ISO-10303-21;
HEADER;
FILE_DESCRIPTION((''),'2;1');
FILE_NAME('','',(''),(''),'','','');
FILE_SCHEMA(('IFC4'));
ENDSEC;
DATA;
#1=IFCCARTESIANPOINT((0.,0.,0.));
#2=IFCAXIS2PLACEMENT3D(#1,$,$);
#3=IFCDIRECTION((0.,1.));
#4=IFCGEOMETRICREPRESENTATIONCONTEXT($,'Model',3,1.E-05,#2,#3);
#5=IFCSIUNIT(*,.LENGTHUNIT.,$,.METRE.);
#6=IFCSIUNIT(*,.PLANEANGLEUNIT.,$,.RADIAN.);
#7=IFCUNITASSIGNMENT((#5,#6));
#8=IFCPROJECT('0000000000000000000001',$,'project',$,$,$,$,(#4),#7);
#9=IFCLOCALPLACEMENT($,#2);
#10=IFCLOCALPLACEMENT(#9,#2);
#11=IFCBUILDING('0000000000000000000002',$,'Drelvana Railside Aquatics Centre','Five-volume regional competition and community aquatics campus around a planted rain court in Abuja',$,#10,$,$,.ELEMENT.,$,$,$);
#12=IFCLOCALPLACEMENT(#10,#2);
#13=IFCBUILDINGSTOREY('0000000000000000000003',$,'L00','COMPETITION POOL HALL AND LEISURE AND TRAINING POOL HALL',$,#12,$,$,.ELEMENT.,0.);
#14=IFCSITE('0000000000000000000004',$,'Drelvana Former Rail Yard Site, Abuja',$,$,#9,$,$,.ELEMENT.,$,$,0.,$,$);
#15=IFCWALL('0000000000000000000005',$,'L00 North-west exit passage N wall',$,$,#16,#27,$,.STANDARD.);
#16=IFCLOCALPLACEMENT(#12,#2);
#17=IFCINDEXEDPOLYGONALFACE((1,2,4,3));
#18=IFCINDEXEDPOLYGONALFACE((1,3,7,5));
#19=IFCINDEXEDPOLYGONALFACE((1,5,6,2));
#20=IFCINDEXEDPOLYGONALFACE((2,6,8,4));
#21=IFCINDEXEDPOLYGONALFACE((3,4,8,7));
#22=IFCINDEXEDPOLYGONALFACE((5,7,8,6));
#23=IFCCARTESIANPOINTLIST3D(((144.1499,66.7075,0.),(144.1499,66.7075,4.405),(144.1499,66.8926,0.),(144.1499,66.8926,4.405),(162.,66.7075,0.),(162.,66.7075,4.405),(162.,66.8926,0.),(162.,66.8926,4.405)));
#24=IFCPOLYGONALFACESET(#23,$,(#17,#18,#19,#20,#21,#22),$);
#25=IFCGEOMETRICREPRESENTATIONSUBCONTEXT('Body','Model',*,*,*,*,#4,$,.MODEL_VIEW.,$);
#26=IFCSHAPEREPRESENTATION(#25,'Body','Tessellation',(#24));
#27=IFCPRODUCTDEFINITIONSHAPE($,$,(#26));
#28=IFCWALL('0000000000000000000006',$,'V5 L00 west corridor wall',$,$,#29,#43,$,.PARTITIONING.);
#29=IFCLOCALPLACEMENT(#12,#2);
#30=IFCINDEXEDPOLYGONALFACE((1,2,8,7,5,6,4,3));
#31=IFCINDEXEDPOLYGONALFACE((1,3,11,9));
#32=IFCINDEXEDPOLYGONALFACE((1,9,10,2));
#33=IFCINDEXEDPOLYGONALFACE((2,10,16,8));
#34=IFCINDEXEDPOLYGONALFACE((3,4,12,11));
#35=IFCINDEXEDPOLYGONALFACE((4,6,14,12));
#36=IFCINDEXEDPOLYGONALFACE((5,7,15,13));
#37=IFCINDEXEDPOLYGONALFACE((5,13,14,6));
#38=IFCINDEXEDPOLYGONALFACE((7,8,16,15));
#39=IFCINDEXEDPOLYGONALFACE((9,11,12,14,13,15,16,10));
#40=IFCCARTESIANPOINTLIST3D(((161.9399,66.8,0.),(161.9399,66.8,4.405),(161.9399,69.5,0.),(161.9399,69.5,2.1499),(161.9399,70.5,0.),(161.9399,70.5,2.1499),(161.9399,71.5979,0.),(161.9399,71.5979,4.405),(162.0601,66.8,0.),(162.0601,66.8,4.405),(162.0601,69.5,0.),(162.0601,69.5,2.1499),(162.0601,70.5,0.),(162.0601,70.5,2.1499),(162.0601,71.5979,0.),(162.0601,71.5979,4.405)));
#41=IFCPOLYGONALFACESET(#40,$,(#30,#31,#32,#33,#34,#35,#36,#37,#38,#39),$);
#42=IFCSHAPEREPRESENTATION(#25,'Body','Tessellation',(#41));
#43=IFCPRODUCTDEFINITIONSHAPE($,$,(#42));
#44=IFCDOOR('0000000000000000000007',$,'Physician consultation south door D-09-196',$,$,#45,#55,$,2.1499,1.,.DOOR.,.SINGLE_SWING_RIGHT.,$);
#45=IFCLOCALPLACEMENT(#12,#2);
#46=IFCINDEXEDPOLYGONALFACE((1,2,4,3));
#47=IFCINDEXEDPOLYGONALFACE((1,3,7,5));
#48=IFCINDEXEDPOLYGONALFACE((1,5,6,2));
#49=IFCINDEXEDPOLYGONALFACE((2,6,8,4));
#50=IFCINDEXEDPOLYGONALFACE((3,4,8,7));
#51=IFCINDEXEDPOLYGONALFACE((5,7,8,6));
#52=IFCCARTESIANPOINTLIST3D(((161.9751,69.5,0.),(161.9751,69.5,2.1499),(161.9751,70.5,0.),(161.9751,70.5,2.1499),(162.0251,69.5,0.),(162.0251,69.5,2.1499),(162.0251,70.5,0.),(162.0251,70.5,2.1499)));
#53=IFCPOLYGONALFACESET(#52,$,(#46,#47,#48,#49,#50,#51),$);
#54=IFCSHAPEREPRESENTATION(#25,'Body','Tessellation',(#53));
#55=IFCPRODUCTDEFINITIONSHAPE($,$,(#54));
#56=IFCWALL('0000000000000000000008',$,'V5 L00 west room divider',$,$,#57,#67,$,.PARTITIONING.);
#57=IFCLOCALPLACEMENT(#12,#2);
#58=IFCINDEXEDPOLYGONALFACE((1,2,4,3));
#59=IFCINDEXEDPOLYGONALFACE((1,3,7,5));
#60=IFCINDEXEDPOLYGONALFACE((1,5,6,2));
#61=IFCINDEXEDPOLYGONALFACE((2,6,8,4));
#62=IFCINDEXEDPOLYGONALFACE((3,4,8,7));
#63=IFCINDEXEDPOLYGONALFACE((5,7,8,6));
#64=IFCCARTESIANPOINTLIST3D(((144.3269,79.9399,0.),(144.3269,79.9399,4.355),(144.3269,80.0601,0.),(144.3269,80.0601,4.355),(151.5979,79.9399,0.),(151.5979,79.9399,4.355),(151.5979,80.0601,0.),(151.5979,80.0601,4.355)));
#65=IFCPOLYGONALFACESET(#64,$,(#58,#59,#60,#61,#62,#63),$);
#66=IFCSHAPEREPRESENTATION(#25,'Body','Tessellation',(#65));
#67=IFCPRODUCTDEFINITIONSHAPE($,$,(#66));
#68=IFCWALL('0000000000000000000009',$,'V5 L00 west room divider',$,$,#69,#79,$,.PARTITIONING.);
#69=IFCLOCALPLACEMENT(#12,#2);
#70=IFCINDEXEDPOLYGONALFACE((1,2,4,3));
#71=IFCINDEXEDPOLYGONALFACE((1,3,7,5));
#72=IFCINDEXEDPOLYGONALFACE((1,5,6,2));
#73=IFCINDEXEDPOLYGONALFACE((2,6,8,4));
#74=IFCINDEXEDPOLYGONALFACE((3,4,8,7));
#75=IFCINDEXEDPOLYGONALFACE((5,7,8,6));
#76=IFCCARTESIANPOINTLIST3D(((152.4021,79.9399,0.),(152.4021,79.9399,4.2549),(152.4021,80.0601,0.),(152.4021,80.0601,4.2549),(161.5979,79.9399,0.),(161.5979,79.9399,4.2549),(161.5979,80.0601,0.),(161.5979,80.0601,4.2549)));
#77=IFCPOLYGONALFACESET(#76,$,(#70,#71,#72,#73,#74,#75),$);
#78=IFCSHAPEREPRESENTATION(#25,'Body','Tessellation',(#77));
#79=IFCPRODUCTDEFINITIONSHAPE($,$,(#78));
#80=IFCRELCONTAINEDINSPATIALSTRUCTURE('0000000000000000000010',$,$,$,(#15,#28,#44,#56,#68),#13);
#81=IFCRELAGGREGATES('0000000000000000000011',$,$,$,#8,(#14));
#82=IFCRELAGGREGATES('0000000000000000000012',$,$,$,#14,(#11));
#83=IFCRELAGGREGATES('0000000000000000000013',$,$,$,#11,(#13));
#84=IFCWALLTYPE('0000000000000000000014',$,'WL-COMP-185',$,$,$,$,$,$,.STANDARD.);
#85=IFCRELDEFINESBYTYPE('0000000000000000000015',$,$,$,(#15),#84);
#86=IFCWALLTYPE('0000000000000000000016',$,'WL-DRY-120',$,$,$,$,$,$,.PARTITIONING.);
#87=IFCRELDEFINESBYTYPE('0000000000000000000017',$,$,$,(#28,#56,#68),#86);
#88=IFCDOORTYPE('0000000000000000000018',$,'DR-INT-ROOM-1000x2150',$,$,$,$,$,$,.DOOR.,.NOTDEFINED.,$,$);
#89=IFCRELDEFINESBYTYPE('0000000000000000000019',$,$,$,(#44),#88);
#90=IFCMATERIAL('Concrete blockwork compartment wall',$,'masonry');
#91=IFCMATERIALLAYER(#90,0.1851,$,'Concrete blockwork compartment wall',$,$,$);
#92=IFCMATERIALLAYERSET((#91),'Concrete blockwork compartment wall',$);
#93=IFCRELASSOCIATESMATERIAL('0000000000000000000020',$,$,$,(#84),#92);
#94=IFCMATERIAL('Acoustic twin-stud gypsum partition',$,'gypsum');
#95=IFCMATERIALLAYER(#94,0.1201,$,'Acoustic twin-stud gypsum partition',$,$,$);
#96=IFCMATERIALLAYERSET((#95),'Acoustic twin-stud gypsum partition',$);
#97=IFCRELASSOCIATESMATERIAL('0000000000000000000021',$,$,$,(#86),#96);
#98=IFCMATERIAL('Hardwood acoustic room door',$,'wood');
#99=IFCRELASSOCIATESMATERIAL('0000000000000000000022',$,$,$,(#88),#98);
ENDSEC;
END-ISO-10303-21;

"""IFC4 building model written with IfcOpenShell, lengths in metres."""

from ifc_helpers import new_model, si_unit, direction, frame, frame_2d, origin, place, context, subcontext, project, spatial, rectangle, extrude, material, layer, layer_set, type_object, element, fill, save


model = new_model("IFC4")

# Units and contexts
model_context = context("Model", 3, precision=1e-05, world=origin(), true_north=direction((0.0, 1.0)))
body_context = subcontext(model_context, "Body", "Model", "MODEL_VIEW")
ifc_project = project(units=[si_unit("LENGTHUNIT", "METRE"), si_unit("PLANEANGLEUNIT", "RADIAN")], contexts=[model_context])

# Site, building, storey
site_placement = place(None, origin())
site = spatial("IfcSite", under=ifc_project, at=site_placement, Name="Drelvana Former Rail Yard Site, Abuja", CompositionType="ELEMENT", RefElevation=0.0)
building_placement = place(site_placement, origin())
building = spatial("IfcBuilding", under=site, at=building_placement, Name="Drelvana Railside Aquatics Centre", Description="Five-volume regional competition and community aquatics campus around a planted rain court in Abuja", CompositionType="ELEMENT")
storey_placement = place(building_placement, origin())
storey = spatial("IfcBuildingStorey", under=building, at=storey_placement, Name="L00", Description="COMPETITION POOL HALL AND LEISURE AND TRAINING POOL HALL", CompositionType="ELEMENT", Elevation=0.0)

# Wall
ifc_material_1 = material(Name="Concrete blockwork compartment wall", Category="masonry")
ifc_layer_1 = layer(ifc_material_1, 0.1851, Name="Concrete blockwork compartment wall")
ifc_layer_set_1 = layer_set([ifc_layer_1], Name="Concrete blockwork compartment wall")
wall_type_1 = type_object("IfcWallType", Name="WL-COMP-185", PredefinedType="STANDARD", material=ifc_layer_set_1)
wall_1_placement = place(storey_placement, frame((144.1499, 66.8, 0.0), z_axis=(0.0, 0.0, 1.0), x_axis=(1.0, 0.0, 0.0)))
element("IfcWall", 1, at=wall_1_placement, inside=storey, type_object=wall_type_1, Name="L00 North-west exit passage N wall", PredefinedType="STANDARD", context=body_context, shape_type="SweptSolid", body=[
    extrude(rectangle(XDim=17.8501, YDim=0.1851, at=frame_2d((8.925, 0.0))), origin(), (0.0, 0.0, 1.0), 4.405),
])

# Wall, opening, door
ifc_material_2 = material(Name="Acoustic twin-stud gypsum partition", Category="gypsum")
ifc_layer_2 = layer(ifc_material_2, 0.1201, Name="Acoustic twin-stud gypsum partition")
ifc_layer_set_2 = layer_set([ifc_layer_2], Name="Acoustic twin-stud gypsum partition")
wall_type_2 = type_object("IfcWallType", Name="WL-DRY-120", PredefinedType="PARTITIONING", material=ifc_layer_set_2)
wall_2_placement = place(storey_placement, frame((162.0, 66.8, 0.0), z_axis=(0.0, 0.0, 1.0), x_axis=(0.0, 1.0, 0.0)))
wall_2 = element("IfcWall", 2, at=wall_2_placement, inside=storey, type_object=wall_type_2, Name="V5 L00 west corridor wall", PredefinedType="PARTITIONING", context=body_context, shape_type="SweptSolid", body=[
    extrude(rectangle(XDim=4.7979, YDim=0.1201, at=frame_2d((2.3989, 0.0))), origin(), (0.0, 0.0, 1.0), 4.405),
])
opening_placement = place(wall_2_placement, frame((2.7, 0.0, 0.0)))
opening = element("IfcOpeningElement", 3, at=opening_placement, cuts=wall_2, PredefinedType="OPENING", context=body_context, shape_type="SweptSolid", body=[
    extrude(rectangle(XDim=1.0, YDim=2.1499, at=frame_2d((0.5, 1.075))), frame((0.0, 0.0701, 0.0), z_axis=(0.0, -1.0, 0.0), x_axis=(1.0, 0.0, 0.0)), (0.0, 0.0, 1.0), 0.1401),
])
ifc_material_3 = material(Name="Hardwood acoustic room door", Category="wood")
door_type = type_object("IfcDoorType", Name="DR-INT-ROOM-1000x2150", OperationType="NOTDEFINED", PredefinedType="DOOR", material=ifc_material_3)
door_placement = place(opening_placement, origin())
door = element("IfcDoor", 4, at=door_placement, inside=storey, type_object=door_type, Name="Physician consultation south door D-09-196", OperationType="SINGLE_SWING_RIGHT", OverallHeight=2.1499, OverallWidth=1.0, PredefinedType="DOOR", context=body_context, shape_type="SweptSolid", body=[
    extrude(rectangle(XDim=1.0, YDim=2.1499, at=frame_2d((0.5, 1.075))), frame((0.0, 0.0249, 0.0), z_axis=(0.0, -1.0, 0.0), x_axis=(1.0, 0.0, 0.0)), (0.0, 0.0, 1.0), 0.05),
])
fill(opening, door)

# Walls
wall_3_placement = place(storey_placement, frame((144.3269, 80.0, 0.0), z_axis=(0.0, 0.0, 1.0), x_axis=(1.0, 0.0, 0.0)))
element("IfcWall", 5, at=wall_3_placement, inside=storey, type_object=wall_type_2, Name="V5 L00 west room divider", PredefinedType="PARTITIONING", context=body_context, shape_type="SweptSolid", body=[
    extrude(rectangle(XDim=7.271, YDim=0.1201, at=frame_2d((3.6355, 0.0))), origin(), (0.0, 0.0, 1.0), 4.355),
])
wall_4_placement = place(storey_placement, frame((152.4021, 80.0, 0.0), z_axis=(0.0, 0.0, 1.0), x_axis=(1.0, 0.0, 0.0)))
element("IfcWall", 6, at=wall_4_placement, inside=storey, type_object=wall_type_2, Name="V5 L00 west room divider", PredefinedType="PARTITIONING", context=body_context, shape_type="SweptSolid", body=[
    extrude(rectangle(XDim=9.1958, YDim=0.1201, at=frame_2d((4.5979, 0.0))), origin(), (0.0, 0.0, 1.0), 4.2549),
])

save(model, "model.ifc")
